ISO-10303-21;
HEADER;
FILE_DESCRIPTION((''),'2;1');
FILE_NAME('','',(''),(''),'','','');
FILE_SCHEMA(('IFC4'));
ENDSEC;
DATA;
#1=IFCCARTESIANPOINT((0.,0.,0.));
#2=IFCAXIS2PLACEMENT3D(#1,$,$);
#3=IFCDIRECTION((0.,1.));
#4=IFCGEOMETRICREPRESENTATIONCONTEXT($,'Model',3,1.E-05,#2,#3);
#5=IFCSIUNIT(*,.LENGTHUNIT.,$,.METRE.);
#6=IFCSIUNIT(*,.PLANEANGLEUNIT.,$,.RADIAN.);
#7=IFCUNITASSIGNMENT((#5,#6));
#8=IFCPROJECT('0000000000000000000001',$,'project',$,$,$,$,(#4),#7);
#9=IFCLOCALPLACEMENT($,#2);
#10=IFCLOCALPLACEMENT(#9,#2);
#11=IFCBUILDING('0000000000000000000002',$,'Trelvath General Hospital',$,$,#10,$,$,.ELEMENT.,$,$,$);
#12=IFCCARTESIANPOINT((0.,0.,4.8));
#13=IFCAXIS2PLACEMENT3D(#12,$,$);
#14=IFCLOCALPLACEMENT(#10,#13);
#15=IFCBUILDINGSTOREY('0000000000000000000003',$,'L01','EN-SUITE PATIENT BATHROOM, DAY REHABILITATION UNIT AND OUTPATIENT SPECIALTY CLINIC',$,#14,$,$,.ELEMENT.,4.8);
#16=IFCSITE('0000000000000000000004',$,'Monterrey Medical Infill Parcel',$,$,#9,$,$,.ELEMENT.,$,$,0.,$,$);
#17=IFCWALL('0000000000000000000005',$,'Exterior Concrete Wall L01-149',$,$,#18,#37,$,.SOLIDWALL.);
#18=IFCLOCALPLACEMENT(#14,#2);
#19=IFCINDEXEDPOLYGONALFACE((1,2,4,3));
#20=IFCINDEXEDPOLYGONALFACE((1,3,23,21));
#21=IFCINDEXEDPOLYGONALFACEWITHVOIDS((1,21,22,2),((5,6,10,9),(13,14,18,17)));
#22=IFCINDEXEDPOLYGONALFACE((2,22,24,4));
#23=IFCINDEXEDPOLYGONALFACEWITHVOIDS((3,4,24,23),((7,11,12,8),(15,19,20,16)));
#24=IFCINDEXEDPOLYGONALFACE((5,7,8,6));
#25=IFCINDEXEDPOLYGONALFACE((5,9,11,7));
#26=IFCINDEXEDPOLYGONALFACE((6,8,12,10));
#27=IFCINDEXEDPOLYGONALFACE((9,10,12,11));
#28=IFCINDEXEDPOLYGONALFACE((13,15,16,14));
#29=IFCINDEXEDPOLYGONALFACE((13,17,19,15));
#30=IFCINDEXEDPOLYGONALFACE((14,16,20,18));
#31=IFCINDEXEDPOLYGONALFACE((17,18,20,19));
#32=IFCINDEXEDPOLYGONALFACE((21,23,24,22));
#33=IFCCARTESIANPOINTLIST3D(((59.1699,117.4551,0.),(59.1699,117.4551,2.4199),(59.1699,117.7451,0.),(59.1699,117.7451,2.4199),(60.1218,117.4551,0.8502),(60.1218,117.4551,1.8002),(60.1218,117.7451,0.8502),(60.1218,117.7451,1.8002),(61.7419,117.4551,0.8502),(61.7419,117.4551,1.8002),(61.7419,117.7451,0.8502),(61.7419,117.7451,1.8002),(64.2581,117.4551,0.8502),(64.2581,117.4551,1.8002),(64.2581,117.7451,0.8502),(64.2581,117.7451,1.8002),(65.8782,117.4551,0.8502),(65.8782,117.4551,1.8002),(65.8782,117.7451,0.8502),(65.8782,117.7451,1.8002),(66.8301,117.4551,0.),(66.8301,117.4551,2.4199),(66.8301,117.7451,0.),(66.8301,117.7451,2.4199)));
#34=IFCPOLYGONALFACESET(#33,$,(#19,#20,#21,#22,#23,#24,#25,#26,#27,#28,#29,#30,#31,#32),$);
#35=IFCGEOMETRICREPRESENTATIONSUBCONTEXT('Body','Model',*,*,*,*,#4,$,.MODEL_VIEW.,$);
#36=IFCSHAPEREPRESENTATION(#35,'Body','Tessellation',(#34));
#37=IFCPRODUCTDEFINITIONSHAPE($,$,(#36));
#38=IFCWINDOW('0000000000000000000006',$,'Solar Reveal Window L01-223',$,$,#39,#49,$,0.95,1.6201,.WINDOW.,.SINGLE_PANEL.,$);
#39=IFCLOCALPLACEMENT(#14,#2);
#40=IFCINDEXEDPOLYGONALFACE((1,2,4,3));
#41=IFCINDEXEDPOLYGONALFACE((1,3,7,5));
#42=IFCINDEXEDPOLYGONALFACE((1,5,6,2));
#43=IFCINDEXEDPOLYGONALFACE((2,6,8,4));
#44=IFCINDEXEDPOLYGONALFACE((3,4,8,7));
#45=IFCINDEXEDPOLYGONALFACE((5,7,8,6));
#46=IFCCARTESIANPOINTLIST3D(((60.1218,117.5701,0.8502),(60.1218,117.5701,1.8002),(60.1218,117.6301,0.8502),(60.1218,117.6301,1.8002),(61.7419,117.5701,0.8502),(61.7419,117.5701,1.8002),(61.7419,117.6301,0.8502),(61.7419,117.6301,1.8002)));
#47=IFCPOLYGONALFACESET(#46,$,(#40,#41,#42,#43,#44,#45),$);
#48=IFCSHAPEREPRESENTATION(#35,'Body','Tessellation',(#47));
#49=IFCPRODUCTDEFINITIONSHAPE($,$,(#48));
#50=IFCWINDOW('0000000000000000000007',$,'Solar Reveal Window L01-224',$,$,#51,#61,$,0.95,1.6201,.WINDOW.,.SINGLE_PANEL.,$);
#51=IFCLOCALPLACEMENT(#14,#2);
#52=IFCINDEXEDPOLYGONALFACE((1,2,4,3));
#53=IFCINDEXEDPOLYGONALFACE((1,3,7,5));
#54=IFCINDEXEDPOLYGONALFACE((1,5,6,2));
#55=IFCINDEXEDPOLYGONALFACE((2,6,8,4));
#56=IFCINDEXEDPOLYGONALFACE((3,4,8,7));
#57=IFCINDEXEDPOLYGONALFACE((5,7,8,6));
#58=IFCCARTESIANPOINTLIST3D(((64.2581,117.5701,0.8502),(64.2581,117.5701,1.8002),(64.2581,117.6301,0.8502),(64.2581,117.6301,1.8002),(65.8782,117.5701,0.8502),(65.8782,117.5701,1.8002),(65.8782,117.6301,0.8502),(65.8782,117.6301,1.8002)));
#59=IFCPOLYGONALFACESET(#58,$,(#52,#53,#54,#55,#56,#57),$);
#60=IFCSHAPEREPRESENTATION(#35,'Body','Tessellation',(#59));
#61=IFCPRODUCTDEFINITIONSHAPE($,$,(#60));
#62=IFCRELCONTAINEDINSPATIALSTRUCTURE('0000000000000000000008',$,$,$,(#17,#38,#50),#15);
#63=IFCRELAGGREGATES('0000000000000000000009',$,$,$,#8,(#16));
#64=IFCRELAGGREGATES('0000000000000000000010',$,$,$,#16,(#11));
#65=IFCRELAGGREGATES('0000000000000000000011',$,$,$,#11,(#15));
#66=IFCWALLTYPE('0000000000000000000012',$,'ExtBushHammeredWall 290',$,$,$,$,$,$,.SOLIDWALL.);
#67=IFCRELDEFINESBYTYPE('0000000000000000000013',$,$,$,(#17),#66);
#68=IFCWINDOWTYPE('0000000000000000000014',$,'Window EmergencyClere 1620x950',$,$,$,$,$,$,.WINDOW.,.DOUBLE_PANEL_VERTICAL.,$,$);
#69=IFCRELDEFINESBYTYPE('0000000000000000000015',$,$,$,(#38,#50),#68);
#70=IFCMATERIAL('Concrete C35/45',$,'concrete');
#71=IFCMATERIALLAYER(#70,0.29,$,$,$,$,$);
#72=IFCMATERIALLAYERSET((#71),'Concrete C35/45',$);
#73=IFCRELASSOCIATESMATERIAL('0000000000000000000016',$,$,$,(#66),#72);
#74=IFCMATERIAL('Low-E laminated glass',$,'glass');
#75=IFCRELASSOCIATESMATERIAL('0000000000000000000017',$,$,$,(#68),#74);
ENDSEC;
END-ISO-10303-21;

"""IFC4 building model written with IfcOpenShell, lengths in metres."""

from ifc_helpers import new_model, si_unit, direction, frame, frame_2d, origin, place, context, subcontext, project, spatial, rectangle, extrude, material, layer, layer_set, type_object, element, fill, save


model = new_model("IFC4")

# Units and contexts
model_context = context("Model", 3, precision=1e-05, world=origin(), true_north=direction((0.0, 1.0)))
body_context = subcontext(model_context, "Body", "Model", "MODEL_VIEW")
ifc_project = project(units=[si_unit("LENGTHUNIT", "METRE"), si_unit("PLANEANGLEUNIT", "RADIAN")], contexts=[model_context])

# Site, building, storey
site_placement = place(None, origin())
site = spatial("IfcSite", under=ifc_project, at=site_placement, Name="Monterrey Medical Infill Parcel", CompositionType="ELEMENT", RefElevation=0.0)
building_placement = place(site_placement, origin())
building = spatial("IfcBuilding", under=site, at=building_placement, Name="Trelvath General Hospital", CompositionType="ELEMENT")
storey_placement = place(building_placement, frame((0.0, 0.0, 4.8)))
storey = spatial("IfcBuildingStorey", under=building, at=storey_placement, Name="L01", Description="EN-SUITE PATIENT BATHROOM, DAY REHABILITATION UNIT AND OUTPATIENT SPECIALTY CLINIC", CompositionType="ELEMENT", Elevation=4.8)

# Wall, openings, windows
ifc_material_1 = material(Name="Concrete C35/45", Category="concrete")
ifc_layer_1 = layer(ifc_material_1, 0.29)
ifc_layer_set_1 = layer_set([ifc_layer_1], Name="Concrete C35/45")
wall_type_1 = type_object("IfcWallType", Name="ExtBushHammeredWall 290", PredefinedType="SOLIDWALL", material=ifc_layer_set_1)
wall_1_placement = place(storey_placement, frame((59.1699, 117.6001, 0.0), z_axis=(0.0, 0.0, 1.0), x_axis=(1.0, 0.0, 0.0)))
wall_1 = element("IfcWall", 1, at=wall_1_placement, inside=storey, type_object=wall_type_1, Name="Exterior Concrete Wall L01-149", PredefinedType="SOLIDWALL", context=body_context, shape_type="SweptSolid", body=[
    extrude(rectangle(XDim=7.6602, YDim=0.29, at=frame_2d((3.8301, 0.0))), origin(), (0.0, 0.0, 1.0), 2.4199),
])
opening_1_placement = place(wall_1_placement, frame((0.9519, 0.0, 0.8501)))
opening_1 = element("IfcOpeningElement", 2, at=opening_1_placement, cuts=wall_1, PredefinedType="OPENING", context=body_context, shape_type="SweptSolid", body=[
    extrude(rectangle(XDim=1.6201, YDim=0.95, at=frame_2d((0.8101, 0.4751))), frame((0.0, 0.155, 0.0), z_axis=(0.0, -1.0, 0.0), x_axis=(1.0, 0.0, 0.0)), (0.0, 0.0, 1.0), 0.3101),
])
opening_2_placement = place(wall_1_placement, frame((5.0881, 0.0, 0.8501)))
opening_2 = element("IfcOpeningElement", 3, at=opening_2_placement, cuts=wall_1, PredefinedType="OPENING", context=body_context, shape_type="SweptSolid", body=[
    extrude(rectangle(XDim=1.6201, YDim=0.95, at=frame_2d((0.8101, 0.4751))), frame((0.0, 0.155, 0.0), z_axis=(0.0, -1.0, 0.0), x_axis=(1.0, 0.0, 0.0)), (0.0, 0.0, 1.0), 0.3101),
])
ifc_material_2 = material(Name="Low-E laminated glass", Category="glass")
window_type_1 = type_object("IfcWindowType", Name="Window EmergencyClere 1620x950", PartitioningType="DOUBLE_PANEL_VERTICAL", PredefinedType="WINDOW", material=ifc_material_2)
window_1_placement = place(opening_1_placement, origin())
window_1 = element("IfcWindow", 4, at=window_1_placement, inside=storey, type_object=window_type_1, Name="Solar Reveal Window L01-223", OverallHeight=0.95, OverallWidth=1.6201, PartitioningType="SINGLE_PANEL", PredefinedType="WINDOW", context=body_context, shape_type="SweptSolid", body=[
    extrude(rectangle(XDim=1.6201, YDim=0.95, at=frame_2d((0.8101, 0.4751))), frame((0.0, 0.03, 0.0), z_axis=(0.0, -1.0, 0.0), x_axis=(1.0, 0.0, 0.0)), (0.0, 0.0, 1.0), 0.0601),
])
fill(opening_1, window_1)
window_2_placement = place(opening_2_placement, origin())
window_2 = element("IfcWindow", 5, at=window_2_placement, inside=storey, type_object=window_type_1, Name="Solar Reveal Window L01-224", OverallHeight=0.95, OverallWidth=1.6201, PartitioningType="SINGLE_PANEL", PredefinedType="WINDOW", context=body_context, shape_type="SweptSolid", body=[
    extrude(rectangle(XDim=1.6201, YDim=0.95, at=frame_2d((0.8101, 0.4751))), frame((0.0, 0.03, 0.0), z_axis=(0.0, -1.0, 0.0), x_axis=(1.0, 0.0, 0.0)), (0.0, 0.0, 1.0), 0.0601),
])
fill(opening_2, window_2)

save(model, "model.ifc")
